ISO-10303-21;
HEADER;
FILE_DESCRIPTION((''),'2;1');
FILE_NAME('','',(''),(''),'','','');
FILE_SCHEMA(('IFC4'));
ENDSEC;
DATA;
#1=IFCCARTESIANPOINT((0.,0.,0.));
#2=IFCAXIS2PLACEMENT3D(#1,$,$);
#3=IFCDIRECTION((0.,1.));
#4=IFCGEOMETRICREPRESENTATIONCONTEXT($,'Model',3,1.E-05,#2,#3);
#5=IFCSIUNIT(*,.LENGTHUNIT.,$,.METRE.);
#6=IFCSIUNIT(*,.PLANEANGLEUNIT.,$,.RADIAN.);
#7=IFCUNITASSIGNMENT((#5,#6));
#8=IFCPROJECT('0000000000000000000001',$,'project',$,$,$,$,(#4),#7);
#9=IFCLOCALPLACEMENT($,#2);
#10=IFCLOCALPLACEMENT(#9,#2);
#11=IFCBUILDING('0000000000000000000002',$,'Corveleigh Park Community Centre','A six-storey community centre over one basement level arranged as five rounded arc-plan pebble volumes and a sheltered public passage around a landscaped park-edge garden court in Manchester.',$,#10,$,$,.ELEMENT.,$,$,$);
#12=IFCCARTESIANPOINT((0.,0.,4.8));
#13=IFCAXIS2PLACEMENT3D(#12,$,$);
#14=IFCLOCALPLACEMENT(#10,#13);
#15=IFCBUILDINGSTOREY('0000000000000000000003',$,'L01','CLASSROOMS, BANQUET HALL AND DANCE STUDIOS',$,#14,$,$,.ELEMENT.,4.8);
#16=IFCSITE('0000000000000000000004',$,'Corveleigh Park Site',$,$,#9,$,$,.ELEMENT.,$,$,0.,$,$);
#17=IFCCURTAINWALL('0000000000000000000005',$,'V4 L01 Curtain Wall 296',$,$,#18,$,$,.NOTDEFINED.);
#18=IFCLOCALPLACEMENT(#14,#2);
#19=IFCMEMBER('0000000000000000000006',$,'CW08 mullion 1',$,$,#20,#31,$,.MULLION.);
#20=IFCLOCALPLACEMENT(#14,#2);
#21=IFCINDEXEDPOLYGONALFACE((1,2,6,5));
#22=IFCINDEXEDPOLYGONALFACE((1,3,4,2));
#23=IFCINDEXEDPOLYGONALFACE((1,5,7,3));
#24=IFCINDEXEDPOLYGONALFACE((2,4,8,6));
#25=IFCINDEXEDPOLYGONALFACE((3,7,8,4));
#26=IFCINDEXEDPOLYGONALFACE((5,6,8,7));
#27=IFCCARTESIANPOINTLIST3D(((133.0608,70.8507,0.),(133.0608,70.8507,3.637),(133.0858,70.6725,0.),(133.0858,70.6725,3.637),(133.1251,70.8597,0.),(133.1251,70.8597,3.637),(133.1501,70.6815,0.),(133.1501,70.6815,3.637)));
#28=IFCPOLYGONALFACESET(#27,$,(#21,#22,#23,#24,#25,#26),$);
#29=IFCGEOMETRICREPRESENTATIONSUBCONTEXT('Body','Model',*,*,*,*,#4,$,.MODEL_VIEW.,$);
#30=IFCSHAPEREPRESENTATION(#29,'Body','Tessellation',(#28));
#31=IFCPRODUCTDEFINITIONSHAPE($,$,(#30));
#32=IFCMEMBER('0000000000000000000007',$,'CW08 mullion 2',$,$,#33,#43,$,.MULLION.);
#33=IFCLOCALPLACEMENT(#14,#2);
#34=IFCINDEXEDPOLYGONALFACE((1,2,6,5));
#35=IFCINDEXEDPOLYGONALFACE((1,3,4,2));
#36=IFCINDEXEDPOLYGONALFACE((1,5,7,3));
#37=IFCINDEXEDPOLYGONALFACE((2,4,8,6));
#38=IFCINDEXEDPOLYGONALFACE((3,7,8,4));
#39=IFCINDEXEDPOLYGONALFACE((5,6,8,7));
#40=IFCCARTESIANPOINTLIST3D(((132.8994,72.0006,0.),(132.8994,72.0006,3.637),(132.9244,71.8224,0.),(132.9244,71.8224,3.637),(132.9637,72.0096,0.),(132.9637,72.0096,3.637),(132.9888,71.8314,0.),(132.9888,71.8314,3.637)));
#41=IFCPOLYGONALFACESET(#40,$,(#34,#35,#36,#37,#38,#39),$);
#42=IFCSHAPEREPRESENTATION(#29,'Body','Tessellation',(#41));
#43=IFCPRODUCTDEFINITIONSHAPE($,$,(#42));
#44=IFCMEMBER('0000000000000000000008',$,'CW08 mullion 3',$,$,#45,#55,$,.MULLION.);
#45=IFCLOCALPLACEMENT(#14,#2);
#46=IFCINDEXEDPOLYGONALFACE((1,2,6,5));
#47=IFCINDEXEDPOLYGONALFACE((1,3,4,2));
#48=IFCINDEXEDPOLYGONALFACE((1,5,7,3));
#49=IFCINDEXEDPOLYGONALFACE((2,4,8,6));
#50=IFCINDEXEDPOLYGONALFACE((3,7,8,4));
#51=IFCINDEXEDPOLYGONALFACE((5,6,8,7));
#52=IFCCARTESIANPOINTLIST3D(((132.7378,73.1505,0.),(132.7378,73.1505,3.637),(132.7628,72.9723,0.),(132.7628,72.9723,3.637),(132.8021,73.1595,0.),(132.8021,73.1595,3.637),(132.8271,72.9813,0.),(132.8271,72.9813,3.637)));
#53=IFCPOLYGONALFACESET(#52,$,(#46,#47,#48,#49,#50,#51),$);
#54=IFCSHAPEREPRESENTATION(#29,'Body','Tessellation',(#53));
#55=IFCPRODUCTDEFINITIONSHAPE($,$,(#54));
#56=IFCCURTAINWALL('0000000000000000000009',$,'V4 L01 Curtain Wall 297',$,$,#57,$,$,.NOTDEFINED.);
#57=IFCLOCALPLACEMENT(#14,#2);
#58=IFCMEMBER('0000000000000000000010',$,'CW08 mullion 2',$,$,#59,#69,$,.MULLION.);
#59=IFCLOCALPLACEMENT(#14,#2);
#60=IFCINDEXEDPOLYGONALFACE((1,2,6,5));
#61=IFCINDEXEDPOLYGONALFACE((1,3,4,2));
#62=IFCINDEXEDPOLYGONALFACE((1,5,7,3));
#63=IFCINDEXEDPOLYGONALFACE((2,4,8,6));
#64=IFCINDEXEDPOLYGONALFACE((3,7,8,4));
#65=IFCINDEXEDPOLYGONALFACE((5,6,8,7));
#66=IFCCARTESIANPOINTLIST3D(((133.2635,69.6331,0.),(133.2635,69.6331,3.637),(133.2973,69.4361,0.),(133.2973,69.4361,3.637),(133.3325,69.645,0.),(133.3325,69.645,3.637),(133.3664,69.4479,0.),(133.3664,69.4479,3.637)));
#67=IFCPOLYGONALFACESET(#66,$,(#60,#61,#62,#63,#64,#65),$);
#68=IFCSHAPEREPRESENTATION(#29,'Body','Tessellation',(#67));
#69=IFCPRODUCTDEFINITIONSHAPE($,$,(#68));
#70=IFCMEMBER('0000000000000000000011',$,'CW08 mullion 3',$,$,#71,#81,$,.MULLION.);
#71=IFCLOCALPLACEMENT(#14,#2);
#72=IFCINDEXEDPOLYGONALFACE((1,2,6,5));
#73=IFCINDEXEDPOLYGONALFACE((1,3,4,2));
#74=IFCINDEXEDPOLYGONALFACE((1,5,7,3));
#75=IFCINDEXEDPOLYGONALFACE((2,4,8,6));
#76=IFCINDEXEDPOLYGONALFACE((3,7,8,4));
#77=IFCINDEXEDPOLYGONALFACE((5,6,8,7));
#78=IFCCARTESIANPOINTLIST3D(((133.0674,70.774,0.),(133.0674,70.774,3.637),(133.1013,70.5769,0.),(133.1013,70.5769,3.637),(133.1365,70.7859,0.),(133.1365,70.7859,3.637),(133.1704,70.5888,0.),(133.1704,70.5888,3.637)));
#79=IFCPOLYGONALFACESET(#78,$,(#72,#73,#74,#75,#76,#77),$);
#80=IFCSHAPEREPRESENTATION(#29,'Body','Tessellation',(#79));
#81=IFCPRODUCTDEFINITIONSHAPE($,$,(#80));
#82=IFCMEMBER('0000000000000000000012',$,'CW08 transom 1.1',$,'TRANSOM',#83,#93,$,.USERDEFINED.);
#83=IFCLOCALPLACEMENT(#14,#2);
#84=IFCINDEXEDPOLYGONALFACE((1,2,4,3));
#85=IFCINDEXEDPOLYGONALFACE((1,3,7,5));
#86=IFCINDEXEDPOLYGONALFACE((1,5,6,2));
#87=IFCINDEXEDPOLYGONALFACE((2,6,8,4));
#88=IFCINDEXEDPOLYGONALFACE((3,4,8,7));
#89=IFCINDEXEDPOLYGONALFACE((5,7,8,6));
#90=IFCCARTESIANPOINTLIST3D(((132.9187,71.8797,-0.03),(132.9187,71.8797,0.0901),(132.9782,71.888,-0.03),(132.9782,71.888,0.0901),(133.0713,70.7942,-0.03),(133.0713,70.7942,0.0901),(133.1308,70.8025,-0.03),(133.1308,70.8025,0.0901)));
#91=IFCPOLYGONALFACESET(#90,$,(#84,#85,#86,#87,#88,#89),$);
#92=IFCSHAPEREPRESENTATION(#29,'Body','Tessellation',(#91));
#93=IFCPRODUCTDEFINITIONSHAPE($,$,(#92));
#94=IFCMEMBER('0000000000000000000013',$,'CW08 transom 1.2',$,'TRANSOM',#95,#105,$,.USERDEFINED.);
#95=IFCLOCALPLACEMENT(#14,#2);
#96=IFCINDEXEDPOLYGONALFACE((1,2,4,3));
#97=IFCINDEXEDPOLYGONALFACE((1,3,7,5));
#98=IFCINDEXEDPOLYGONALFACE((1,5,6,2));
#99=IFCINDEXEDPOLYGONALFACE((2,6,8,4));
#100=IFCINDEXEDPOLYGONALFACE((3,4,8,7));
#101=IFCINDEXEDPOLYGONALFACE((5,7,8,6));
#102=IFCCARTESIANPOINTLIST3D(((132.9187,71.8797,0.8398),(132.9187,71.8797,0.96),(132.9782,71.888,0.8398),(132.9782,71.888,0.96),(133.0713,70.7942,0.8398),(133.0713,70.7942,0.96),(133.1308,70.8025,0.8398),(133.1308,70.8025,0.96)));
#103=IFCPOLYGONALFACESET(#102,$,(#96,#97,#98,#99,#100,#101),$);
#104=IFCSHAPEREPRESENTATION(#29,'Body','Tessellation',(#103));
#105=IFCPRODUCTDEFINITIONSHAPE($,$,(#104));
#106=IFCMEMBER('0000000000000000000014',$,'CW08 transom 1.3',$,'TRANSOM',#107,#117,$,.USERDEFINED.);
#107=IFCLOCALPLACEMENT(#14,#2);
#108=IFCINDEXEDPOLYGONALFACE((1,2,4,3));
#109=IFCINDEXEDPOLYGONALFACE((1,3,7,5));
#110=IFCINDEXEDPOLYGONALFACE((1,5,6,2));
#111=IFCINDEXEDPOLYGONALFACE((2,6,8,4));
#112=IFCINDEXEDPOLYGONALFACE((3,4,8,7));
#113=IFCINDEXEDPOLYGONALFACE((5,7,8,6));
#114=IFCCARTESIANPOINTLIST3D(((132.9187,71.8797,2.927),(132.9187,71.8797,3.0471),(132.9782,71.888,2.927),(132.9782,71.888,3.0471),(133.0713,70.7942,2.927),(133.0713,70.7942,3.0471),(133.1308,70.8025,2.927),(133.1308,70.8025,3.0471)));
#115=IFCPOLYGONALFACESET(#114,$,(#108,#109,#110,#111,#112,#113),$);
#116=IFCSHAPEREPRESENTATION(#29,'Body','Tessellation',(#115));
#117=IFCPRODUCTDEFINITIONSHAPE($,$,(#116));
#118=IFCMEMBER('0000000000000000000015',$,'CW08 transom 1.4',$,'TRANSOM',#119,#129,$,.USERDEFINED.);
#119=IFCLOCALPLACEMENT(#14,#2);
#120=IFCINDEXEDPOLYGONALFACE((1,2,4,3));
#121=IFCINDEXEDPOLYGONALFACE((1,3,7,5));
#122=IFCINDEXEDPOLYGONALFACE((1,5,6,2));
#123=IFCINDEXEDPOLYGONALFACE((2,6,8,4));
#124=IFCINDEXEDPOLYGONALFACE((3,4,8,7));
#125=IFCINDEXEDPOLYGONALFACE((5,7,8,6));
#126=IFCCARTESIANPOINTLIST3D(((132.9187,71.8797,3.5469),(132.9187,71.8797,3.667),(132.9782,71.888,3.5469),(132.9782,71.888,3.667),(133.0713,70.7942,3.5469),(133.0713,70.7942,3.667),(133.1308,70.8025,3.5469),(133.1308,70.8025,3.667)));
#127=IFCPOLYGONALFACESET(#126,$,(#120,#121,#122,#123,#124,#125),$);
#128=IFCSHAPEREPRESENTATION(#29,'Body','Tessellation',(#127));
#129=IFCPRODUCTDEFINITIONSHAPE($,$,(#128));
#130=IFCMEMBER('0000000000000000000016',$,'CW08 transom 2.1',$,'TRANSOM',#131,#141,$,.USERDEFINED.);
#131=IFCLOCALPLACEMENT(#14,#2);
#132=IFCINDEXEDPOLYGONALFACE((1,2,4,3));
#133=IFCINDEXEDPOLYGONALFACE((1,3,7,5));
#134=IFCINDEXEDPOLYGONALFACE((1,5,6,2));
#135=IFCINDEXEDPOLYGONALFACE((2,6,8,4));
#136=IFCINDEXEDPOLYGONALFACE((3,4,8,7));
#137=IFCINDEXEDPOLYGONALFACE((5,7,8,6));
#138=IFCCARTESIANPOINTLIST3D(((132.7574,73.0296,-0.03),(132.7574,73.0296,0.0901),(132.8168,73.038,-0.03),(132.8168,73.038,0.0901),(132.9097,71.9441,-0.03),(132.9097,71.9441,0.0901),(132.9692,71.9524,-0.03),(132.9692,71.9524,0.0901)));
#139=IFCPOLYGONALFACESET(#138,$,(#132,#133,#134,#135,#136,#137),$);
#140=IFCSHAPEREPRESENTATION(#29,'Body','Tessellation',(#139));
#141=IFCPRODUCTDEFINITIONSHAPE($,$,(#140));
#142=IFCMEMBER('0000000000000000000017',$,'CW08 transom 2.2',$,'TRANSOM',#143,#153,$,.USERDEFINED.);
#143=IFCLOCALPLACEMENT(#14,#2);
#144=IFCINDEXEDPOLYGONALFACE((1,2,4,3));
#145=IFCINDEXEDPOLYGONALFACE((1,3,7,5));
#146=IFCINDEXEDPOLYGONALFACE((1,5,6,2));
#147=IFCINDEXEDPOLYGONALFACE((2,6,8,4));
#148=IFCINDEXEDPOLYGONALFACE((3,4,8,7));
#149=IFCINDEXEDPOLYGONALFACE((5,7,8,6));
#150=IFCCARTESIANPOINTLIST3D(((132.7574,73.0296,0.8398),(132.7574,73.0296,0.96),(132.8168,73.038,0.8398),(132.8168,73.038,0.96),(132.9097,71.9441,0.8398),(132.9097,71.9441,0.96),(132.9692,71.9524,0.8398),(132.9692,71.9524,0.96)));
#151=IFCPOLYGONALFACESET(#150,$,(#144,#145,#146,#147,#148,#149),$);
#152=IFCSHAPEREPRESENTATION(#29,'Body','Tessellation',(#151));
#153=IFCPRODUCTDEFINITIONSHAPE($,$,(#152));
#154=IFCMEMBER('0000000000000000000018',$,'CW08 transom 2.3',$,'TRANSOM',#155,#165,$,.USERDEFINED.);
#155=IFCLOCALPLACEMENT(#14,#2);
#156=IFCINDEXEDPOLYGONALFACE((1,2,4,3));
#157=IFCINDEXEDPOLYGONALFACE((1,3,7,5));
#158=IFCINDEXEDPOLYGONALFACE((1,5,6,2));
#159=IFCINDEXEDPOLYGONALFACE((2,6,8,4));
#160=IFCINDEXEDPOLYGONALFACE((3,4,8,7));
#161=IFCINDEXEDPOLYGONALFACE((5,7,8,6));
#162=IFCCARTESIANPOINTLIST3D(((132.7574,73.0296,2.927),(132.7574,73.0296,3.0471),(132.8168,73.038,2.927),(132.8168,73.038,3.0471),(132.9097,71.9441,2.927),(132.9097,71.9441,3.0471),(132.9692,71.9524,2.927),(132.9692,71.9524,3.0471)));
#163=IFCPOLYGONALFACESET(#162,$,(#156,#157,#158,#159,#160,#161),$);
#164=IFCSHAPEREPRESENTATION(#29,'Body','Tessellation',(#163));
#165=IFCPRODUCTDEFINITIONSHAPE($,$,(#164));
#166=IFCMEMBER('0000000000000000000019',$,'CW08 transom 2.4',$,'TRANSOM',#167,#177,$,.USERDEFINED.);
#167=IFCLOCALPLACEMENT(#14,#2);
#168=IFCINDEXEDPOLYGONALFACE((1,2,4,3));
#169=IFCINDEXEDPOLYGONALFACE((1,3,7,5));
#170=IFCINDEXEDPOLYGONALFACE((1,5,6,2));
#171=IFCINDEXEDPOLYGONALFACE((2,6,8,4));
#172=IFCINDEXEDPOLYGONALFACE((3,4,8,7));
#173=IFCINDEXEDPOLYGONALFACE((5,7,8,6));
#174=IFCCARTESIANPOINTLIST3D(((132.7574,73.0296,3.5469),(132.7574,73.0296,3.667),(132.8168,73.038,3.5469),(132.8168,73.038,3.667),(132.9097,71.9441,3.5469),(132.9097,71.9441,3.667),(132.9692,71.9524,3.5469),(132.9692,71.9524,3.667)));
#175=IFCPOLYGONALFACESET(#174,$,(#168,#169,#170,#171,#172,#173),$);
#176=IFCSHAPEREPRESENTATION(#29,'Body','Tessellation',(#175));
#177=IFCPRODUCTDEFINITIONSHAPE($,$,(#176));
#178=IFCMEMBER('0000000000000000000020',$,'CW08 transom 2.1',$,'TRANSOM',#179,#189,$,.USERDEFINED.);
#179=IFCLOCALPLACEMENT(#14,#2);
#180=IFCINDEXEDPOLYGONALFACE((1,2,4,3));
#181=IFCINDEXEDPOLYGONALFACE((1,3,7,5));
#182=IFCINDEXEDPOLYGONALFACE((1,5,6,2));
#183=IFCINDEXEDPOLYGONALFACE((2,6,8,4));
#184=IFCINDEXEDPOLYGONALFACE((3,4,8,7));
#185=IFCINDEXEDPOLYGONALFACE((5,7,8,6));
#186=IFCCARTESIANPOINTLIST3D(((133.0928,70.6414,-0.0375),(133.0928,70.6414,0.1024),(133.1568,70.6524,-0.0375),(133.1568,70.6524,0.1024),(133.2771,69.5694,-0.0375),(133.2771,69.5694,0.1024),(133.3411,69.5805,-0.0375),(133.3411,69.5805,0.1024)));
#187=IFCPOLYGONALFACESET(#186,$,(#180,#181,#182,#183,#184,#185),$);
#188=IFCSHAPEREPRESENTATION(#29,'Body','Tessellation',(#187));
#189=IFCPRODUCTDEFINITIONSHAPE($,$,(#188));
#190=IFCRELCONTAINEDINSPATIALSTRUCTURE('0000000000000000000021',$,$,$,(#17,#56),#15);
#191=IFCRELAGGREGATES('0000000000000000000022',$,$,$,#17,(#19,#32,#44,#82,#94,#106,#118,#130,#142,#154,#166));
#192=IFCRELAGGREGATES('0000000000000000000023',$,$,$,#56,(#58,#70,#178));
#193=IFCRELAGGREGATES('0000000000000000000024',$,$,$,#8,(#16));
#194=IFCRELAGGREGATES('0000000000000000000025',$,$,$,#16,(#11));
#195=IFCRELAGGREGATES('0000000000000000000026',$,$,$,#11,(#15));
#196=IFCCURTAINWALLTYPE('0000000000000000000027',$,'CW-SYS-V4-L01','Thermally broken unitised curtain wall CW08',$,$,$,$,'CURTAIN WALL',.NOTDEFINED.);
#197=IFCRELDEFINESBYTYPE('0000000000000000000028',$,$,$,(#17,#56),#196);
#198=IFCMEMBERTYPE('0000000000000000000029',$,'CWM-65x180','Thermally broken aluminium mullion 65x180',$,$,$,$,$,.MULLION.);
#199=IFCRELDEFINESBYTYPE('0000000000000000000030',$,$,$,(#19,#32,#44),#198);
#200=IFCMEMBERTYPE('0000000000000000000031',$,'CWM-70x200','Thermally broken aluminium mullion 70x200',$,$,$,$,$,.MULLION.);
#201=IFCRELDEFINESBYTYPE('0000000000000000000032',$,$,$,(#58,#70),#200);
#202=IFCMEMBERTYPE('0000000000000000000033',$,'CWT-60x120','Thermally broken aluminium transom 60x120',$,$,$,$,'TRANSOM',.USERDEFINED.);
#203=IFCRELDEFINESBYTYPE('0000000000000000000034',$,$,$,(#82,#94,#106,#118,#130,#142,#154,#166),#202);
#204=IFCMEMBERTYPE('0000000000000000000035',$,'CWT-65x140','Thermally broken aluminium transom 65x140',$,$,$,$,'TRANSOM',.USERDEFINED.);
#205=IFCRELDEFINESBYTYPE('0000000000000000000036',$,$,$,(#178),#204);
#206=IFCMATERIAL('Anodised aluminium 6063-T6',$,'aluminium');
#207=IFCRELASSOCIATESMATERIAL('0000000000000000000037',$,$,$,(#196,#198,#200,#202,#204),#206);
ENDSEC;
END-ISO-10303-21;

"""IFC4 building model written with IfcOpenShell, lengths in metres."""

from ifc_helpers import new_model, si_unit, direction, frame, origin, origin_2d, place, context, subcontext, project, spatial, rectangle, extrude, material, material_profile, profile_set, type_object, element, aggregate, save


model = new_model("IFC4")

# Units and contexts
model_context = context("Model", 3, precision=1e-05, world=origin(), true_north=direction((0.0, 1.0)))
body_context = subcontext(model_context, "Body", "Model", "MODEL_VIEW")
ifc_project = project(units=[si_unit("LENGTHUNIT", "METRE"), si_unit("PLANEANGLEUNIT", "RADIAN")], contexts=[model_context])

# Site, building, storey
site_placement = place(None, origin())
site = spatial("IfcSite", under=ifc_project, at=site_placement, Name="Corveleigh Park Site", CompositionType="ELEMENT", RefElevation=0.0)
building_placement = place(site_placement, origin())
building = spatial("IfcBuilding", under=site, at=building_placement, Name="Corveleigh Park Community Centre", Description="A six-storey community centre over one basement level arranged as five rounded arc-plan pebble volumes and a sheltered public passage around a landscaped park-edge garden court in Manchester.", CompositionType="ELEMENT")
storey_placement = place(building_placement, frame((0.0, 0.0, 4.8)))
storey = spatial("IfcBuildingStorey", under=building, at=storey_placement, Name="L01", Description="CLASSROOMS, BANQUET HALL AND DANCE STUDIOS", CompositionType="ELEMENT", Elevation=4.8)

# Curtain walls, members
ifc_material_1 = material(Name="Anodised aluminium 6063-T6", Category="aluminium")
curtain_wall_type = type_object("IfcCurtainWallType", Name="CW-SYS-V4-L01", Description="Thermally broken unitised curtain wall CW08", ElementType="CURTAIN WALL", PredefinedType="NOTDEFINED", material=ifc_material_1)
curtain_wall_1_placement = place(storey_placement, origin())
curtain_wall_1 = element("IfcCurtainWall", 1, at=curtain_wall_1_placement, inside=storey, type_object=curtain_wall_type, Name="V4 L01 Curtain Wall 296", PredefinedType="NOTDEFINED")
ifc_material_profile_1 = material_profile(ifc_material_1, rectangle(XDim=0.0649, YDim=0.1799, at=origin_2d()), Name="ALU-M65x180", Category="aluminium")
ifc_profile_set_1 = profile_set([ifc_material_profile_1], Name="Anodised aluminium 6063-T6")
member_type_1 = type_object("IfcMemberType", Name="CWM-65x180", Description="Thermally broken aluminium mullion 65x180", PredefinedType="MULLION", material=ifc_profile_set_1)
member_1_placement = place(storey_placement, frame((133.1055, 70.7661, 0.0), z_axis=(0.0, 0.0, 1.0), x_axis=(-0.990282, -0.139075, 0.0)))
member_1 = element("IfcMember", 2, at=member_1_placement, type_object=member_type_1, Name="CW08 mullion 1", PredefinedType="MULLION", context=body_context, shape_type="SweptSolid", body=[
    extrude(rectangle(XDim=0.0649, YDim=0.1799, at=origin_2d()), origin(), (0.0, 0.0, 1.0), 3.637),
])
member_2_placement = place(storey_placement, frame((132.9441, 71.916, 0.0), z_axis=(0.0, 0.0, 1.0), x_axis=(-0.990282, -0.139075, 0.0)))
member_2 = element("IfcMember", 3, at=member_2_placement, type_object=member_type_1, Name="CW08 mullion 2", PredefinedType="MULLION", context=body_context, shape_type="SweptSolid", body=[
    extrude(rectangle(XDim=0.0649, YDim=0.1799, at=origin_2d()), origin(), (0.0, 0.0, 1.0), 3.637),
])
member_3_placement = place(storey_placement, frame((132.7825, 73.0659, 0.0), z_axis=(0.0, 0.0, 1.0), x_axis=(-0.990282, -0.139075, 0.0)))
member_3 = element("IfcMember", 4, at=member_3_placement, type_object=member_type_1, Name="CW08 mullion 3", PredefinedType="MULLION", context=body_context, shape_type="SweptSolid", body=[
    extrude(rectangle(XDim=0.0649, YDim=0.1799, at=origin_2d()), origin(), (0.0, 0.0, 1.0), 3.637),
])
curtain_wall_2_placement = place(storey_placement, origin())
curtain_wall_2 = element("IfcCurtainWall", 5, at=curtain_wall_2_placement, inside=storey, type_object=curtain_wall_type, Name="V4 L01 Curtain Wall 297", PredefinedType="NOTDEFINED")
ifc_material_profile_2 = material_profile(ifc_material_1, rectangle(XDim=0.0701, YDim=0.2, at=origin_2d()), Name="ALU-M70x200", Category="aluminium")
ifc_profile_set_2 = profile_set([ifc_material_profile_2], Name="Anodised aluminium 6063-T6")
member_type_2 = type_object("IfcMemberType", Name="CWM-70x200", Description="Thermally broken aluminium mullion 70x200", PredefinedType="MULLION", material=ifc_profile_set_2)
member_4_placement = place(storey_placement, frame((133.3149, 69.5405, 0.0), z_axis=(0.0, 0.0, 1.0), x_axis=(-0.985554, -0.169359, 0.0)))
member_4 = element("IfcMember", 6, at=member_4_placement, type_object=member_type_2, Name="CW08 mullion 2", PredefinedType="MULLION", context=body_context, shape_type="SweptSolid", body=[
    extrude(rectangle(XDim=0.0701, YDim=0.2, at=origin_2d()), origin(), (0.0, 0.0, 1.0), 3.637),
])
member_5_placement = place(storey_placement, frame((133.1189, 70.6814, 0.0), z_axis=(0.0, 0.0, 1.0), x_axis=(-0.985554, -0.169359, 0.0)))
member_5 = element("IfcMember", 7, at=member_5_placement, type_object=member_type_2, Name="CW08 mullion 3", PredefinedType="MULLION", context=body_context, shape_type="SweptSolid", body=[
    extrude(rectangle(XDim=0.0701, YDim=0.2, at=origin_2d()), origin(), (0.0, 0.0, 1.0), 3.637),
])

# Members
ifc_material_profile_3 = material_profile(ifc_material_1, rectangle(XDim=0.0601, YDim=0.1201, at=origin_2d()), Name="ALU-T60x120", Category="aluminium")
ifc_profile_set_3 = profile_set([ifc_material_profile_3], Name="Anodised aluminium 6063-T6")
member_type_3 = type_object("IfcMemberType", Name="CWT-60x120", Description="Thermally broken aluminium transom 60x120", ElementType="TRANSOM", PredefinedType="USERDEFINED", material=ifc_profile_set_3)
member_6_placement = place(storey_placement, frame((133.1011, 70.7983, 0.03), z_axis=(-0.139207, 0.990263, 0.0), x_axis=(-0.990263, -0.139207, 0.0)))
member_6 = element("IfcMember", 8, at=member_6_placement, type_object=member_type_3, Name="CW08 transom 1.1", ObjectType="TRANSOM", PredefinedType="USERDEFINED", context=body_context, shape_type="SweptSolid", body=[
    extrude(rectangle(XDim=0.0601, YDim=0.1201, at=origin_2d()), origin(), (0.0, 0.0, 1.0), 1.0962),
])
member_7_placement = place(storey_placement, frame((133.1011, 70.7983, 0.8999), z_axis=(-0.139207, 0.990263, 0.0), x_axis=(-0.990263, -0.139207, 0.0)))
member_7 = element("IfcMember", 9, at=member_7_placement, type_object=member_type_3, Name="CW08 transom 1.2", ObjectType="TRANSOM", PredefinedType="USERDEFINED", context=body_context, shape_type="SweptSolid", body=[
    extrude(rectangle(XDim=0.0601, YDim=0.1201, at=origin_2d()), origin(), (0.0, 0.0, 1.0), 1.0962),
])
member_8_placement = place(storey_placement, frame((133.1011, 70.7983, 2.9871), z_axis=(-0.139207, 0.990263, 0.0), x_axis=(-0.990263, -0.139207, 0.0)))
member_8 = element("IfcMember", 10, at=member_8_placement, type_object=member_type_3, Name="CW08 transom 1.3", ObjectType="TRANSOM", PredefinedType="USERDEFINED", context=body_context, shape_type="SweptSolid", body=[
    extrude(rectangle(XDim=0.0601, YDim=0.1201, at=origin_2d()), origin(), (0.0, 0.0, 1.0), 1.0962),
])
member_9_placement = place(storey_placement, frame((133.1011, 70.7983, 3.6069), z_axis=(-0.139207, 0.990263, 0.0), x_axis=(-0.990263, -0.139207, 0.0)))
member_9 = element("IfcMember", 11, at=member_9_placement, type_object=member_type_3, Name="CW08 transom 1.4", ObjectType="TRANSOM", PredefinedType="USERDEFINED", context=body_context, shape_type="SweptSolid", body=[
    extrude(rectangle(XDim=0.0601, YDim=0.1201, at=origin_2d()), origin(), (0.0, 0.0, 1.0), 1.0962),
])
member_10_placement = place(storey_placement, frame((132.9395, 71.9482, 0.03), z_axis=(-0.138989, 0.990294, 0.0), x_axis=(-0.990294, -0.138989, 0.0)))
member_10 = element("IfcMember", 12, at=member_10_placement, type_object=member_type_3, Name="CW08 transom 2.1", ObjectType="TRANSOM", PredefinedType="USERDEFINED", context=body_context, shape_type="SweptSolid", body=[
    extrude(rectangle(XDim=0.0601, YDim=0.1201, at=origin_2d()), origin(), (0.0, 0.0, 1.0), 1.0962),
])
member_11_placement = place(storey_placement, frame((132.9395, 71.9482, 0.8999), z_axis=(-0.138989, 0.990294, 0.0), x_axis=(-0.990294, -0.138989, 0.0)))
member_11 = element("IfcMember", 13, at=member_11_placement, type_object=member_type_3, Name="CW08 transom 2.2", ObjectType="TRANSOM", PredefinedType="USERDEFINED", context=body_context, shape_type="SweptSolid", body=[
    extrude(rectangle(XDim=0.0601, YDim=0.1201, at=origin_2d()), origin(), (0.0, 0.0, 1.0), 1.0962),
])
member_12_placement = place(storey_placement, frame((132.9395, 71.9482, 2.9871), z_axis=(-0.138989, 0.990294, 0.0), x_axis=(-0.990294, -0.138989, 0.0)))
member_12 = element("IfcMember", 14, at=member_12_placement, type_object=member_type_3, Name="CW08 transom 2.3", ObjectType="TRANSOM", PredefinedType="USERDEFINED", context=body_context, shape_type="SweptSolid", body=[
    extrude(rectangle(XDim=0.0601, YDim=0.1201, at=origin_2d()), origin(), (0.0, 0.0, 1.0), 1.0962),
])
member_13_placement = place(storey_placement, frame((132.9395, 71.9482, 3.6069), z_axis=(-0.138989, 0.990294, 0.0), x_axis=(-0.990294, -0.138989, 0.0)))
member_13 = element("IfcMember", 15, at=member_13_placement, type_object=member_type_3, Name="CW08 transom 2.4", ObjectType="TRANSOM", PredefinedType="USERDEFINED", context=body_context, shape_type="SweptSolid", body=[
    extrude(rectangle(XDim=0.0601, YDim=0.1201, at=origin_2d()), origin(), (0.0, 0.0, 1.0), 1.0962),
])
ifc_material_profile_4 = material_profile(ifc_material_1, rectangle(XDim=0.0649, YDim=0.1399, at=origin_2d()), Name="ALU-T65x140", Category="aluminium")
ifc_profile_set_4 = profile_set([ifc_material_profile_4], Name="Anodised aluminium 6063-T6")
member_type_4 = type_object("IfcMemberType", Name="CWT-65x140", Description="Thermally broken aluminium transom 65x140", ElementType="TRANSOM", PredefinedType="USERDEFINED", material=ifc_profile_set_4)
member_14_placement = place(storey_placement, frame((133.3091, 69.575, 0.0325), z_axis=(-0.169456, 0.985538, 0.0), x_axis=(-0.985538, -0.169456, 0.0)))
member_14 = element("IfcMember", 16, at=member_14_placement, type_object=member_type_4, Name="CW08 transom 2.1", ObjectType="TRANSOM", PredefinedType="USERDEFINED", context=body_context, shape_type="SweptSolid", body=[
    extrude(rectangle(XDim=0.0649, YDim=0.1399, at=origin_2d()), origin(), (0.0, 0.0, 1.0), 1.0876),
])

aggregate(curtain_wall_1, [member_1, member_2, member_3, member_6, member_7, member_8, member_9, member_10, member_11, member_12, member_13])
aggregate(curtain_wall_2, [member_4, member_5, member_14])

save(model, "model.ifc")
